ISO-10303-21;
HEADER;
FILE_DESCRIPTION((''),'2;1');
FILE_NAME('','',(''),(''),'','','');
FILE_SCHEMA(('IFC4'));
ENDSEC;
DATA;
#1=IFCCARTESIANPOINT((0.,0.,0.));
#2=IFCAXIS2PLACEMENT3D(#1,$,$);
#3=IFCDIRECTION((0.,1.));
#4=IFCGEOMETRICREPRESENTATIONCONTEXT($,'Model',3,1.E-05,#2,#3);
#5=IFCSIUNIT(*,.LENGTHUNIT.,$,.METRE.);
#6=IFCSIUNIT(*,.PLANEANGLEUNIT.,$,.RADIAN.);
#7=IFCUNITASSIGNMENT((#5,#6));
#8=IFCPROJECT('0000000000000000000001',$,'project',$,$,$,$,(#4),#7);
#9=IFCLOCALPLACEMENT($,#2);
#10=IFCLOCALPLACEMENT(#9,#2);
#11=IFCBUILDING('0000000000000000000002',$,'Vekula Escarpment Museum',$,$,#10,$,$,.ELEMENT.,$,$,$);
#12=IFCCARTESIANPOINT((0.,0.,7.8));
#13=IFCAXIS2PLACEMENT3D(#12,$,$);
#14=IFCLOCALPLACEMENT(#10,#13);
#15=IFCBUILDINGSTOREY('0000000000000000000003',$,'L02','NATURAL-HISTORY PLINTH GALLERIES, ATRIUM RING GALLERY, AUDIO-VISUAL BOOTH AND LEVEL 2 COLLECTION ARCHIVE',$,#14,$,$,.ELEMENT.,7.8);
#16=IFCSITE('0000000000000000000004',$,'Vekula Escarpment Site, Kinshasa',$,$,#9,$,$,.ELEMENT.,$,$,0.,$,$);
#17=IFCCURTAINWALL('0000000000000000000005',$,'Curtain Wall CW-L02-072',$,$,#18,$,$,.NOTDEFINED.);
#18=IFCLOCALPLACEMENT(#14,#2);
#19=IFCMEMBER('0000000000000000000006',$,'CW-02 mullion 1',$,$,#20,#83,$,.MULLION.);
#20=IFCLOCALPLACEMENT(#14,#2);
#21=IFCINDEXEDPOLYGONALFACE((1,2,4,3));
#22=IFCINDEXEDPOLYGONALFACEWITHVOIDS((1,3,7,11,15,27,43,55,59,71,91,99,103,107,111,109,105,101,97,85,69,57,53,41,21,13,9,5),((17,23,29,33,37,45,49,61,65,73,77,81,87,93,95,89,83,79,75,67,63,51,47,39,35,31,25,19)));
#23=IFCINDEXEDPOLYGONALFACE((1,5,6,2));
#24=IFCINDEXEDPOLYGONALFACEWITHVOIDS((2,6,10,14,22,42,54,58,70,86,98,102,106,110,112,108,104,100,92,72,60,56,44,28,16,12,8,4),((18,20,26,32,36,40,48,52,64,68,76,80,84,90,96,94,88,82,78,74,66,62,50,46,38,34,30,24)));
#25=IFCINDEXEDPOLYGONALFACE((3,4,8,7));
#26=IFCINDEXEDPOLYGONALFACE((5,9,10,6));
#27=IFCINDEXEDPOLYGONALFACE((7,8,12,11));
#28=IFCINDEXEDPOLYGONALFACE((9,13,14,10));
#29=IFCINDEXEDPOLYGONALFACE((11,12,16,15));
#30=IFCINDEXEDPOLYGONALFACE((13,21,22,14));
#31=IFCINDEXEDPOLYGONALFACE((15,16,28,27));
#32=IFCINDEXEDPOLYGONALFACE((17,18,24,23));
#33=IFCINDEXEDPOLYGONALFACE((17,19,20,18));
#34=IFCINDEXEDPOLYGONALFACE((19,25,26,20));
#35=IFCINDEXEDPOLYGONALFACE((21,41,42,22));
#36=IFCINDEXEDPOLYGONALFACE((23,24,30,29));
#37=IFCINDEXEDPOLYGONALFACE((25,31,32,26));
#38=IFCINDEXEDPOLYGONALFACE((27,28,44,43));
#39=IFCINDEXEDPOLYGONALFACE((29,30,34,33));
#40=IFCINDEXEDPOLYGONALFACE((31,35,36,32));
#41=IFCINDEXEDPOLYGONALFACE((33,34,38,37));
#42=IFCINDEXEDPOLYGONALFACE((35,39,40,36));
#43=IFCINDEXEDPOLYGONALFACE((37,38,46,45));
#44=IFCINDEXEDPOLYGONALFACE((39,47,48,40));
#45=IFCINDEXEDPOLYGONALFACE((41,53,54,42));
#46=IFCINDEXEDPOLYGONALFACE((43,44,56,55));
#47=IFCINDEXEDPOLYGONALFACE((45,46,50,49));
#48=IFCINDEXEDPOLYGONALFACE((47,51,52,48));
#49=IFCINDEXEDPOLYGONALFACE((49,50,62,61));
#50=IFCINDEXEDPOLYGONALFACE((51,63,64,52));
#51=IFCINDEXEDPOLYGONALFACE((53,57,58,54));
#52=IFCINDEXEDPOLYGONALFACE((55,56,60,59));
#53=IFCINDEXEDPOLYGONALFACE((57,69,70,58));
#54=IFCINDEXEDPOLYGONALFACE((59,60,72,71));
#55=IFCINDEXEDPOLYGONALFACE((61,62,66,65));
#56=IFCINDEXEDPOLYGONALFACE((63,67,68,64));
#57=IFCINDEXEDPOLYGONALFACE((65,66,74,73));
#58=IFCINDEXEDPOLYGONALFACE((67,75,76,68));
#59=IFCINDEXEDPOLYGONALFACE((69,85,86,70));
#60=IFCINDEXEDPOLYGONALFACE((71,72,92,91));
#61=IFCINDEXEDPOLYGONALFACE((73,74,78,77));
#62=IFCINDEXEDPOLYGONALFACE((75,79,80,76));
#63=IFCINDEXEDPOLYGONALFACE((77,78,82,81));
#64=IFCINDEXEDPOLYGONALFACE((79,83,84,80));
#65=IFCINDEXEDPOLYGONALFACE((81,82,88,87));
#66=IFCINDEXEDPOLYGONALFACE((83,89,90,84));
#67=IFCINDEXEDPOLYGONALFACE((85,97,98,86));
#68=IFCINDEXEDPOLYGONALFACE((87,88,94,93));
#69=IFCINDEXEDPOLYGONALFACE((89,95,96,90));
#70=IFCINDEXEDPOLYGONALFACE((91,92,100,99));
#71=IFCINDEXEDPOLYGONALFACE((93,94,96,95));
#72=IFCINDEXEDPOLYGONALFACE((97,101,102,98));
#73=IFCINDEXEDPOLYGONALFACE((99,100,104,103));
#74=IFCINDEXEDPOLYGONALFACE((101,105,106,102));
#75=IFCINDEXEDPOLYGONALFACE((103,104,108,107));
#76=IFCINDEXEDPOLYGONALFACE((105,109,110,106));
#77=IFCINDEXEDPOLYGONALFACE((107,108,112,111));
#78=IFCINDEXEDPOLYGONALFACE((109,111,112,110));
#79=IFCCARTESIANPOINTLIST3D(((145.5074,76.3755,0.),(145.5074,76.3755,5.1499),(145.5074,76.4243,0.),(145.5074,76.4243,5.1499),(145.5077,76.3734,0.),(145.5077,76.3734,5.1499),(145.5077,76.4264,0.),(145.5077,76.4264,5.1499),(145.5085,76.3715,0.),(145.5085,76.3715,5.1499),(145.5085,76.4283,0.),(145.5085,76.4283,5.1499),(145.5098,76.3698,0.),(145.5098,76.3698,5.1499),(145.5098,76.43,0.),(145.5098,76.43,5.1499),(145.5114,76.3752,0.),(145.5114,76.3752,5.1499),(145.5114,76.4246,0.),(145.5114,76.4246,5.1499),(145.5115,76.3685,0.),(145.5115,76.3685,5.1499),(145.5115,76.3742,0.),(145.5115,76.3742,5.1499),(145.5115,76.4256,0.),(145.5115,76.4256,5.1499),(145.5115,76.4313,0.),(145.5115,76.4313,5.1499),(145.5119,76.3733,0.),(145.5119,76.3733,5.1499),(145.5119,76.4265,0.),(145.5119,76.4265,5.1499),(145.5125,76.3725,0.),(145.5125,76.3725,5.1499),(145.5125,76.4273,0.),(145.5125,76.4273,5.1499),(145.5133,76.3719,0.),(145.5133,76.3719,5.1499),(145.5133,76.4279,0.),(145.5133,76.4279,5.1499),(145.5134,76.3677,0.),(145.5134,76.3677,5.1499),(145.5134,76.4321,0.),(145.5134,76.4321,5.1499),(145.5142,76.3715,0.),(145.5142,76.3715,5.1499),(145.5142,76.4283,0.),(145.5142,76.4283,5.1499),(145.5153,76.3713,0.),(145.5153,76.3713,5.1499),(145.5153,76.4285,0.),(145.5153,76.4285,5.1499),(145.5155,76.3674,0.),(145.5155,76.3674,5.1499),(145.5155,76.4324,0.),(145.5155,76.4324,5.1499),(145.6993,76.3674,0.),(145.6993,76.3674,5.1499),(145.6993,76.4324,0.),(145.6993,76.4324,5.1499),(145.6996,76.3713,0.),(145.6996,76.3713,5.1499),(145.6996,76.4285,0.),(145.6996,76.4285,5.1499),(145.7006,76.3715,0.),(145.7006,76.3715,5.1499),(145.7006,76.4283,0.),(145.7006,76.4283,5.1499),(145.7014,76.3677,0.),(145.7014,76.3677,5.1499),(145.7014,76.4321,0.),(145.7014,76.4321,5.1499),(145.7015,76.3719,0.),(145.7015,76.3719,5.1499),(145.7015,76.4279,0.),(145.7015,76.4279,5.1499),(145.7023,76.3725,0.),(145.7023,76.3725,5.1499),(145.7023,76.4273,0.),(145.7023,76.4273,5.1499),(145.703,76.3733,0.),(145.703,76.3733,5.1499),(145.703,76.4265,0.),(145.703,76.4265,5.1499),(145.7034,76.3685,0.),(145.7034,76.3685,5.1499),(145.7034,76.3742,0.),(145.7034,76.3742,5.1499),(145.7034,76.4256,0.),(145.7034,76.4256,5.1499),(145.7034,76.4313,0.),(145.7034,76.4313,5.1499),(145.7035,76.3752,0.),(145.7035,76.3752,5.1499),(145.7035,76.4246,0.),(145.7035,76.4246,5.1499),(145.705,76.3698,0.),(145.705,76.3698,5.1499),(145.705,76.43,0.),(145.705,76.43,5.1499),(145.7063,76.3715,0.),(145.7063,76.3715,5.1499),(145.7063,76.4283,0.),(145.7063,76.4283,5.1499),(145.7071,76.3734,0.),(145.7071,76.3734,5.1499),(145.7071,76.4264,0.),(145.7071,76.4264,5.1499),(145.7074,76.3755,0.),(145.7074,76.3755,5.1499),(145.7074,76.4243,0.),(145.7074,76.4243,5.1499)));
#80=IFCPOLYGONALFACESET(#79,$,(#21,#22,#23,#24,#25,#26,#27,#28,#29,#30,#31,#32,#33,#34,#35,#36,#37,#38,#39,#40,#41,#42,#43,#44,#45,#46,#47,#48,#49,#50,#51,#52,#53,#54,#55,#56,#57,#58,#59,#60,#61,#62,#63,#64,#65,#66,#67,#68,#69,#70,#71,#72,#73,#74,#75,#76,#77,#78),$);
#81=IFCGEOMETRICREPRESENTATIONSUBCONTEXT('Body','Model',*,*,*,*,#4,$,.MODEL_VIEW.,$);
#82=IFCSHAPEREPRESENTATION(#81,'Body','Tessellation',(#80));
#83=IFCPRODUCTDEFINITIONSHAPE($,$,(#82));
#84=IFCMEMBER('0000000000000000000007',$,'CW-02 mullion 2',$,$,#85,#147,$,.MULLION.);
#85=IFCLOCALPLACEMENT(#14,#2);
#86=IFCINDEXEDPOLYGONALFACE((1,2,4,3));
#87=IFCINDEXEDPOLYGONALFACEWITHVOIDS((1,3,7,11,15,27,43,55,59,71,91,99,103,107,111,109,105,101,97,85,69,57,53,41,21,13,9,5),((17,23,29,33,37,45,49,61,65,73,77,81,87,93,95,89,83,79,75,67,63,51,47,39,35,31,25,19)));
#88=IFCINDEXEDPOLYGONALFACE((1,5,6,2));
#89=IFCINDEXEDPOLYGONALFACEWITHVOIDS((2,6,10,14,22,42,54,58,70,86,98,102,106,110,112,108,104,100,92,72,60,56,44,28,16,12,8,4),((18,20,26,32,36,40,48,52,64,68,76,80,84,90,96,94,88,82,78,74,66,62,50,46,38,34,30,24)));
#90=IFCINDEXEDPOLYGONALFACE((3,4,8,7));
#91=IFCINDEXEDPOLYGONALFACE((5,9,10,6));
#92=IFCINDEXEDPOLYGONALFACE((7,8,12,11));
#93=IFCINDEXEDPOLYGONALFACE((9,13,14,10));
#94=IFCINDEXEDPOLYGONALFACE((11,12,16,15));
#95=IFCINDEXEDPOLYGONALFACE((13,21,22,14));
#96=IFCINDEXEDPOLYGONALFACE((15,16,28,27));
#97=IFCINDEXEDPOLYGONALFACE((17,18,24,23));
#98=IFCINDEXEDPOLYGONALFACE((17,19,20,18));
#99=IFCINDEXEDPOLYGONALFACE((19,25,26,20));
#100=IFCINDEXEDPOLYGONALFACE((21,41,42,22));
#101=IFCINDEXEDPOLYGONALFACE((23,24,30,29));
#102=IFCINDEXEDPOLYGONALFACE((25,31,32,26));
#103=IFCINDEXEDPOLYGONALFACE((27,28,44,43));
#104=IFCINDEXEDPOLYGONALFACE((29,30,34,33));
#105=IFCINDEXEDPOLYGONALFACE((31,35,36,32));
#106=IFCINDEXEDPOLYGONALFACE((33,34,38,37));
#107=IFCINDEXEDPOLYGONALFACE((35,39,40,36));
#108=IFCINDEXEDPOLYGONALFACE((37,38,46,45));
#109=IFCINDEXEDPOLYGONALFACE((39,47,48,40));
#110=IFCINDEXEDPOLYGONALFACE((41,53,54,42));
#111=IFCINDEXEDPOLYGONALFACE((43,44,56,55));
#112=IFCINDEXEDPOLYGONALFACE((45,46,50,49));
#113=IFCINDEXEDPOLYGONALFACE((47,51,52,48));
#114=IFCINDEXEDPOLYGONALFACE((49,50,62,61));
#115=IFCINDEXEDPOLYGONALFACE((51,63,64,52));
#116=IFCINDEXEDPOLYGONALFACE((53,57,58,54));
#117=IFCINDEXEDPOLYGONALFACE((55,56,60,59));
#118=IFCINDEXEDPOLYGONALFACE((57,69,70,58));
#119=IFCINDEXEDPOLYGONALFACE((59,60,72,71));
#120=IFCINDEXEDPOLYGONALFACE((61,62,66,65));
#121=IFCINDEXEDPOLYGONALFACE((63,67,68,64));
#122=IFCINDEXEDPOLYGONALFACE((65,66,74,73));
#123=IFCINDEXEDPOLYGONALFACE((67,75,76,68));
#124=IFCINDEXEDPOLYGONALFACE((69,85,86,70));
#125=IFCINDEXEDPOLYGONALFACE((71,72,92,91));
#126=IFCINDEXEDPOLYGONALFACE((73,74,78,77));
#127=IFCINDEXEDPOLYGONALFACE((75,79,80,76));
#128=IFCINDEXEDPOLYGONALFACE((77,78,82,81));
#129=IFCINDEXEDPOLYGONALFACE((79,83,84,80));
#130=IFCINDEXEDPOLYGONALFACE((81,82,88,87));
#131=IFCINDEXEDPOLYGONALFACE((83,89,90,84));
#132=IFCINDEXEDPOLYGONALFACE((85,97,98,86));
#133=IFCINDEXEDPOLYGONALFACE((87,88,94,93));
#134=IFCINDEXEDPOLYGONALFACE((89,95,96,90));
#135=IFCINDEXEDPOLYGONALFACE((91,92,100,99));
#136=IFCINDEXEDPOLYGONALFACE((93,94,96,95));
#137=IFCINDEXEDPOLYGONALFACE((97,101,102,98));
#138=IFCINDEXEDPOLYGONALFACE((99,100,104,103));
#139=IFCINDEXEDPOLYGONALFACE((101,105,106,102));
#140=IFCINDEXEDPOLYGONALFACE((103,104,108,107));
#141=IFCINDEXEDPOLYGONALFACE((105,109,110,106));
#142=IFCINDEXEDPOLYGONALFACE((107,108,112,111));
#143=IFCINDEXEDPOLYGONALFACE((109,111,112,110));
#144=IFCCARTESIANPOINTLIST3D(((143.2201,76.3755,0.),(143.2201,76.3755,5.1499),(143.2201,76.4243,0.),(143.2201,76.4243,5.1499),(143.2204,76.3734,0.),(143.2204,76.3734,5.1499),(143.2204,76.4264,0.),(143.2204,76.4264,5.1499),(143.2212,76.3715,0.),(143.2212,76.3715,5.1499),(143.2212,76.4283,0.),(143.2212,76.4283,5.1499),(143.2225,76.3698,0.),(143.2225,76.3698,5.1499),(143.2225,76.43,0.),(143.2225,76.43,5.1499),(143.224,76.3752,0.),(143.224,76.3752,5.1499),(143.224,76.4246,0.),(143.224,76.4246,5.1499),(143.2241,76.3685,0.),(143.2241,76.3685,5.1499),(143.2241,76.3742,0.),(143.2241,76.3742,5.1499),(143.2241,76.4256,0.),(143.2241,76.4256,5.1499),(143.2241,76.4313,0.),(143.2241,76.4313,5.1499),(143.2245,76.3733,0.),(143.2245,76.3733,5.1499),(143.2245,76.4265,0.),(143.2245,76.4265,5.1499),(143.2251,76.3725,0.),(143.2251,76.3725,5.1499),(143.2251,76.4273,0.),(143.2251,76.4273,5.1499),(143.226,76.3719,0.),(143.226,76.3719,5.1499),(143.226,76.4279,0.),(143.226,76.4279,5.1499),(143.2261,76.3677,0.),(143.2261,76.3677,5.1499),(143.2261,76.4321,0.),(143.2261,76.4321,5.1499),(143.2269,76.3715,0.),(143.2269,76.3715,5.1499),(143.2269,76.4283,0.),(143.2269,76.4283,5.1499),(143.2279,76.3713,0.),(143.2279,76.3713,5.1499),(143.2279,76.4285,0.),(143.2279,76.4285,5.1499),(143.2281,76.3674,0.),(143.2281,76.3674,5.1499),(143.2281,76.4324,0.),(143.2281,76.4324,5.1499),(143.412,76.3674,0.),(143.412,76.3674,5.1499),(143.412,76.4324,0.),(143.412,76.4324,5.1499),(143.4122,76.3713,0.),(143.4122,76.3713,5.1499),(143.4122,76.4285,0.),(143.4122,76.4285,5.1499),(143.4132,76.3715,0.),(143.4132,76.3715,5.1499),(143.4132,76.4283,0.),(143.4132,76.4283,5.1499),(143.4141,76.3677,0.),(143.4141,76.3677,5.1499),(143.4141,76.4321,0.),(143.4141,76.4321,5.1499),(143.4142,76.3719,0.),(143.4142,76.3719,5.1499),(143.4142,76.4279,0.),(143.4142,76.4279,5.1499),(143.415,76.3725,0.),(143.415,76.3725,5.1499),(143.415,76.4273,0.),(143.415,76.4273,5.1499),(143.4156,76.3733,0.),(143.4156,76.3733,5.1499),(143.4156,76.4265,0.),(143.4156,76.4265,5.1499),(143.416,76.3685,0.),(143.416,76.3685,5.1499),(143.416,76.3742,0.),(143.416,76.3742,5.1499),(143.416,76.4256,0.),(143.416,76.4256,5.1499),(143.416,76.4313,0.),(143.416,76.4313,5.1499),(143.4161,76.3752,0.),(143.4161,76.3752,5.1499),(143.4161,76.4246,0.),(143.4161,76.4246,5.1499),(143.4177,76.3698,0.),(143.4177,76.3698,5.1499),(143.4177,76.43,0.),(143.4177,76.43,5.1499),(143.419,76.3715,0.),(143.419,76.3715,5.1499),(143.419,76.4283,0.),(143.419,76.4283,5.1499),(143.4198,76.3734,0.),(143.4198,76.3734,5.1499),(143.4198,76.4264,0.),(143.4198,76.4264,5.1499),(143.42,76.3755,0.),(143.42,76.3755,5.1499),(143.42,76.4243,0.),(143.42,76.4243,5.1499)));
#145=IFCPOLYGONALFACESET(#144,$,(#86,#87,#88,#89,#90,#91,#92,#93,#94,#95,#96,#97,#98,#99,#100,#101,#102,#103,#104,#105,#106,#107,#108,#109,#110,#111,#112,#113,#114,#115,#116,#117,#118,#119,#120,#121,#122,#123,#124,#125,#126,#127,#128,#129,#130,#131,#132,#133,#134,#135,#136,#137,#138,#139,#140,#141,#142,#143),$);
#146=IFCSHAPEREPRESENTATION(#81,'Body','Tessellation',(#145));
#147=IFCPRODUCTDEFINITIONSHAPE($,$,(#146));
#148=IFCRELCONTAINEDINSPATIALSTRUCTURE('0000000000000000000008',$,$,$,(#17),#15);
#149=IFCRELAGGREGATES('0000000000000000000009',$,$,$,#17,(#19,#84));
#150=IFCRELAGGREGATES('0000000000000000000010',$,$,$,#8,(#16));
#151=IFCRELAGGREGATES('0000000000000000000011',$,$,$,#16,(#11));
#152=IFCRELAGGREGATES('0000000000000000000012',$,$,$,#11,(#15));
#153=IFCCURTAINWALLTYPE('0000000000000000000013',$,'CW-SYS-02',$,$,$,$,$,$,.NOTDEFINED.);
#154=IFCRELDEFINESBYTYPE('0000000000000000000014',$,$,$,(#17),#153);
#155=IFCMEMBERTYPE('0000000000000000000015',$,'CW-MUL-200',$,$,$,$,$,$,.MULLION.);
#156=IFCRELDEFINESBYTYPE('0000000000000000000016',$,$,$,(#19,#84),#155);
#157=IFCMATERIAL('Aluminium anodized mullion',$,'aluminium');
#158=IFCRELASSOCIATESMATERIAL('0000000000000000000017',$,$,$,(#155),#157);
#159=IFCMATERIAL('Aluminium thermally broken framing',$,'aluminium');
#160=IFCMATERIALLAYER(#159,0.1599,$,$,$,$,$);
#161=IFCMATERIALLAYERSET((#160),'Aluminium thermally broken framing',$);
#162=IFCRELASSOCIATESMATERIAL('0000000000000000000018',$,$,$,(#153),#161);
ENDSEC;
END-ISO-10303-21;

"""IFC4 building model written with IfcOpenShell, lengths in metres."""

from ifc_helpers import new_model, si_unit, direction, frame, origin, origin_2d, place, context, subcontext, project, spatial, hollow_rectangle, extrude, material, layer, layer_set, material_profile, profile_set, type_object, element, aggregate, save


model = new_model("IFC4")

# Units and contexts
model_context = context("Model", 3, precision=1e-05, world=origin(), true_north=direction((0.0, 1.0)))
body_context = subcontext(model_context, "Body", "Model", "MODEL_VIEW")
ifc_project = project(units=[si_unit("LENGTHUNIT", "METRE"), si_unit("PLANEANGLEUNIT", "RADIAN")], contexts=[model_context])

# Site, building, storey
site_placement = place(None, origin())
site = spatial("IfcSite", under=ifc_project, at=site_placement, Name="Vekula Escarpment Site, Kinshasa", CompositionType="ELEMENT", RefElevation=0.0)
building_placement = place(site_placement, origin())
building = spatial("IfcBuilding", under=site, at=building_placement, Name="Vekula Escarpment Museum", CompositionType="ELEMENT")
storey_placement = place(building_placement, frame((0.0, 0.0, 7.8)))
storey = spatial("IfcBuildingStorey", under=building, at=storey_placement, Name="L02", Description="NATURAL-HISTORY PLINTH GALLERIES, ATRIUM RING GALLERY, AUDIO-VISUAL BOOTH AND LEVEL 2 COLLECTION ARCHIVE", CompositionType="ELEMENT", Elevation=7.8)

# Curtain wall, members
ifc_material_1 = material(Name="Aluminium anodized mullion", Category="aluminium")
ifc_material_profile_1 = material_profile(ifc_material_1, hollow_rectangle(XDim=0.0649, YDim=0.2, WallThickness=0.0039, InnerFilletRadius=0.0039, OuterFilletRadius=0.0081, at=origin_2d()), Name="ALU 200x65x4")
ifc_profile_set_1 = profile_set([ifc_material_profile_1], Name="Aluminium anodized mullion")
member_type_1 = type_object("IfcMemberType", Name="CW-MUL-200", PredefinedType="MULLION", material=ifc_profile_set_1)
ifc_material_2 = material(Name="Aluminium thermally broken framing", Category="aluminium")
ifc_layer_1 = layer(ifc_material_2, 0.1599)
ifc_layer_set_1 = layer_set([ifc_layer_1], Name="Aluminium thermally broken framing")
curtain_wall_type_1 = type_object("IfcCurtainWallType", Name="CW-SYS-02", PredefinedType="NOTDEFINED", material=ifc_layer_set_1)
curtain_wall_1_placement = place(storey_placement, origin())
curtain_wall_1 = element("IfcCurtainWall", 1, at=curtain_wall_1_placement, inside=storey, type_object=curtain_wall_type_1, Name="Curtain Wall CW-L02-072", PredefinedType="NOTDEFINED")
member_1_placement = place(storey_placement, frame((145.6074, 76.3999, 0.0), z_axis=(0.0, 0.0, 1.0), x_axis=(0.0, -1.0, 0.0)))
member_1 = element("IfcMember", 2, at=member_1_placement, type_object=member_type_1, Name="CW-02 mullion 1", PredefinedType="MULLION", context=body_context, shape_type="SweptSolid", body=[
    extrude(hollow_rectangle(XDim=0.0649, YDim=0.2, WallThickness=0.0039, InnerFilletRadius=0.0039, OuterFilletRadius=0.0081, at=origin_2d()), origin(), (0.0, 0.0, 1.0), 5.1499),
])
member_2_placement = place(storey_placement, frame((143.3201, 76.3999, 0.0), z_axis=(0.0, 0.0, 1.0), x_axis=(0.0, -1.0, 0.0)))
member_2 = element("IfcMember", 3, at=member_2_placement, type_object=member_type_1, Name="CW-02 mullion 2", PredefinedType="MULLION", context=body_context, shape_type="SweptSolid", body=[
    extrude(hollow_rectangle(XDim=0.0649, YDim=0.2, WallThickness=0.0039, InnerFilletRadius=0.0039, OuterFilletRadius=0.0081, at=origin_2d()), origin(), (0.0, 0.0, 1.0), 5.1499),
])

aggregate(curtain_wall_1, [member_1, member_2])

save(model, "model.ifc")
